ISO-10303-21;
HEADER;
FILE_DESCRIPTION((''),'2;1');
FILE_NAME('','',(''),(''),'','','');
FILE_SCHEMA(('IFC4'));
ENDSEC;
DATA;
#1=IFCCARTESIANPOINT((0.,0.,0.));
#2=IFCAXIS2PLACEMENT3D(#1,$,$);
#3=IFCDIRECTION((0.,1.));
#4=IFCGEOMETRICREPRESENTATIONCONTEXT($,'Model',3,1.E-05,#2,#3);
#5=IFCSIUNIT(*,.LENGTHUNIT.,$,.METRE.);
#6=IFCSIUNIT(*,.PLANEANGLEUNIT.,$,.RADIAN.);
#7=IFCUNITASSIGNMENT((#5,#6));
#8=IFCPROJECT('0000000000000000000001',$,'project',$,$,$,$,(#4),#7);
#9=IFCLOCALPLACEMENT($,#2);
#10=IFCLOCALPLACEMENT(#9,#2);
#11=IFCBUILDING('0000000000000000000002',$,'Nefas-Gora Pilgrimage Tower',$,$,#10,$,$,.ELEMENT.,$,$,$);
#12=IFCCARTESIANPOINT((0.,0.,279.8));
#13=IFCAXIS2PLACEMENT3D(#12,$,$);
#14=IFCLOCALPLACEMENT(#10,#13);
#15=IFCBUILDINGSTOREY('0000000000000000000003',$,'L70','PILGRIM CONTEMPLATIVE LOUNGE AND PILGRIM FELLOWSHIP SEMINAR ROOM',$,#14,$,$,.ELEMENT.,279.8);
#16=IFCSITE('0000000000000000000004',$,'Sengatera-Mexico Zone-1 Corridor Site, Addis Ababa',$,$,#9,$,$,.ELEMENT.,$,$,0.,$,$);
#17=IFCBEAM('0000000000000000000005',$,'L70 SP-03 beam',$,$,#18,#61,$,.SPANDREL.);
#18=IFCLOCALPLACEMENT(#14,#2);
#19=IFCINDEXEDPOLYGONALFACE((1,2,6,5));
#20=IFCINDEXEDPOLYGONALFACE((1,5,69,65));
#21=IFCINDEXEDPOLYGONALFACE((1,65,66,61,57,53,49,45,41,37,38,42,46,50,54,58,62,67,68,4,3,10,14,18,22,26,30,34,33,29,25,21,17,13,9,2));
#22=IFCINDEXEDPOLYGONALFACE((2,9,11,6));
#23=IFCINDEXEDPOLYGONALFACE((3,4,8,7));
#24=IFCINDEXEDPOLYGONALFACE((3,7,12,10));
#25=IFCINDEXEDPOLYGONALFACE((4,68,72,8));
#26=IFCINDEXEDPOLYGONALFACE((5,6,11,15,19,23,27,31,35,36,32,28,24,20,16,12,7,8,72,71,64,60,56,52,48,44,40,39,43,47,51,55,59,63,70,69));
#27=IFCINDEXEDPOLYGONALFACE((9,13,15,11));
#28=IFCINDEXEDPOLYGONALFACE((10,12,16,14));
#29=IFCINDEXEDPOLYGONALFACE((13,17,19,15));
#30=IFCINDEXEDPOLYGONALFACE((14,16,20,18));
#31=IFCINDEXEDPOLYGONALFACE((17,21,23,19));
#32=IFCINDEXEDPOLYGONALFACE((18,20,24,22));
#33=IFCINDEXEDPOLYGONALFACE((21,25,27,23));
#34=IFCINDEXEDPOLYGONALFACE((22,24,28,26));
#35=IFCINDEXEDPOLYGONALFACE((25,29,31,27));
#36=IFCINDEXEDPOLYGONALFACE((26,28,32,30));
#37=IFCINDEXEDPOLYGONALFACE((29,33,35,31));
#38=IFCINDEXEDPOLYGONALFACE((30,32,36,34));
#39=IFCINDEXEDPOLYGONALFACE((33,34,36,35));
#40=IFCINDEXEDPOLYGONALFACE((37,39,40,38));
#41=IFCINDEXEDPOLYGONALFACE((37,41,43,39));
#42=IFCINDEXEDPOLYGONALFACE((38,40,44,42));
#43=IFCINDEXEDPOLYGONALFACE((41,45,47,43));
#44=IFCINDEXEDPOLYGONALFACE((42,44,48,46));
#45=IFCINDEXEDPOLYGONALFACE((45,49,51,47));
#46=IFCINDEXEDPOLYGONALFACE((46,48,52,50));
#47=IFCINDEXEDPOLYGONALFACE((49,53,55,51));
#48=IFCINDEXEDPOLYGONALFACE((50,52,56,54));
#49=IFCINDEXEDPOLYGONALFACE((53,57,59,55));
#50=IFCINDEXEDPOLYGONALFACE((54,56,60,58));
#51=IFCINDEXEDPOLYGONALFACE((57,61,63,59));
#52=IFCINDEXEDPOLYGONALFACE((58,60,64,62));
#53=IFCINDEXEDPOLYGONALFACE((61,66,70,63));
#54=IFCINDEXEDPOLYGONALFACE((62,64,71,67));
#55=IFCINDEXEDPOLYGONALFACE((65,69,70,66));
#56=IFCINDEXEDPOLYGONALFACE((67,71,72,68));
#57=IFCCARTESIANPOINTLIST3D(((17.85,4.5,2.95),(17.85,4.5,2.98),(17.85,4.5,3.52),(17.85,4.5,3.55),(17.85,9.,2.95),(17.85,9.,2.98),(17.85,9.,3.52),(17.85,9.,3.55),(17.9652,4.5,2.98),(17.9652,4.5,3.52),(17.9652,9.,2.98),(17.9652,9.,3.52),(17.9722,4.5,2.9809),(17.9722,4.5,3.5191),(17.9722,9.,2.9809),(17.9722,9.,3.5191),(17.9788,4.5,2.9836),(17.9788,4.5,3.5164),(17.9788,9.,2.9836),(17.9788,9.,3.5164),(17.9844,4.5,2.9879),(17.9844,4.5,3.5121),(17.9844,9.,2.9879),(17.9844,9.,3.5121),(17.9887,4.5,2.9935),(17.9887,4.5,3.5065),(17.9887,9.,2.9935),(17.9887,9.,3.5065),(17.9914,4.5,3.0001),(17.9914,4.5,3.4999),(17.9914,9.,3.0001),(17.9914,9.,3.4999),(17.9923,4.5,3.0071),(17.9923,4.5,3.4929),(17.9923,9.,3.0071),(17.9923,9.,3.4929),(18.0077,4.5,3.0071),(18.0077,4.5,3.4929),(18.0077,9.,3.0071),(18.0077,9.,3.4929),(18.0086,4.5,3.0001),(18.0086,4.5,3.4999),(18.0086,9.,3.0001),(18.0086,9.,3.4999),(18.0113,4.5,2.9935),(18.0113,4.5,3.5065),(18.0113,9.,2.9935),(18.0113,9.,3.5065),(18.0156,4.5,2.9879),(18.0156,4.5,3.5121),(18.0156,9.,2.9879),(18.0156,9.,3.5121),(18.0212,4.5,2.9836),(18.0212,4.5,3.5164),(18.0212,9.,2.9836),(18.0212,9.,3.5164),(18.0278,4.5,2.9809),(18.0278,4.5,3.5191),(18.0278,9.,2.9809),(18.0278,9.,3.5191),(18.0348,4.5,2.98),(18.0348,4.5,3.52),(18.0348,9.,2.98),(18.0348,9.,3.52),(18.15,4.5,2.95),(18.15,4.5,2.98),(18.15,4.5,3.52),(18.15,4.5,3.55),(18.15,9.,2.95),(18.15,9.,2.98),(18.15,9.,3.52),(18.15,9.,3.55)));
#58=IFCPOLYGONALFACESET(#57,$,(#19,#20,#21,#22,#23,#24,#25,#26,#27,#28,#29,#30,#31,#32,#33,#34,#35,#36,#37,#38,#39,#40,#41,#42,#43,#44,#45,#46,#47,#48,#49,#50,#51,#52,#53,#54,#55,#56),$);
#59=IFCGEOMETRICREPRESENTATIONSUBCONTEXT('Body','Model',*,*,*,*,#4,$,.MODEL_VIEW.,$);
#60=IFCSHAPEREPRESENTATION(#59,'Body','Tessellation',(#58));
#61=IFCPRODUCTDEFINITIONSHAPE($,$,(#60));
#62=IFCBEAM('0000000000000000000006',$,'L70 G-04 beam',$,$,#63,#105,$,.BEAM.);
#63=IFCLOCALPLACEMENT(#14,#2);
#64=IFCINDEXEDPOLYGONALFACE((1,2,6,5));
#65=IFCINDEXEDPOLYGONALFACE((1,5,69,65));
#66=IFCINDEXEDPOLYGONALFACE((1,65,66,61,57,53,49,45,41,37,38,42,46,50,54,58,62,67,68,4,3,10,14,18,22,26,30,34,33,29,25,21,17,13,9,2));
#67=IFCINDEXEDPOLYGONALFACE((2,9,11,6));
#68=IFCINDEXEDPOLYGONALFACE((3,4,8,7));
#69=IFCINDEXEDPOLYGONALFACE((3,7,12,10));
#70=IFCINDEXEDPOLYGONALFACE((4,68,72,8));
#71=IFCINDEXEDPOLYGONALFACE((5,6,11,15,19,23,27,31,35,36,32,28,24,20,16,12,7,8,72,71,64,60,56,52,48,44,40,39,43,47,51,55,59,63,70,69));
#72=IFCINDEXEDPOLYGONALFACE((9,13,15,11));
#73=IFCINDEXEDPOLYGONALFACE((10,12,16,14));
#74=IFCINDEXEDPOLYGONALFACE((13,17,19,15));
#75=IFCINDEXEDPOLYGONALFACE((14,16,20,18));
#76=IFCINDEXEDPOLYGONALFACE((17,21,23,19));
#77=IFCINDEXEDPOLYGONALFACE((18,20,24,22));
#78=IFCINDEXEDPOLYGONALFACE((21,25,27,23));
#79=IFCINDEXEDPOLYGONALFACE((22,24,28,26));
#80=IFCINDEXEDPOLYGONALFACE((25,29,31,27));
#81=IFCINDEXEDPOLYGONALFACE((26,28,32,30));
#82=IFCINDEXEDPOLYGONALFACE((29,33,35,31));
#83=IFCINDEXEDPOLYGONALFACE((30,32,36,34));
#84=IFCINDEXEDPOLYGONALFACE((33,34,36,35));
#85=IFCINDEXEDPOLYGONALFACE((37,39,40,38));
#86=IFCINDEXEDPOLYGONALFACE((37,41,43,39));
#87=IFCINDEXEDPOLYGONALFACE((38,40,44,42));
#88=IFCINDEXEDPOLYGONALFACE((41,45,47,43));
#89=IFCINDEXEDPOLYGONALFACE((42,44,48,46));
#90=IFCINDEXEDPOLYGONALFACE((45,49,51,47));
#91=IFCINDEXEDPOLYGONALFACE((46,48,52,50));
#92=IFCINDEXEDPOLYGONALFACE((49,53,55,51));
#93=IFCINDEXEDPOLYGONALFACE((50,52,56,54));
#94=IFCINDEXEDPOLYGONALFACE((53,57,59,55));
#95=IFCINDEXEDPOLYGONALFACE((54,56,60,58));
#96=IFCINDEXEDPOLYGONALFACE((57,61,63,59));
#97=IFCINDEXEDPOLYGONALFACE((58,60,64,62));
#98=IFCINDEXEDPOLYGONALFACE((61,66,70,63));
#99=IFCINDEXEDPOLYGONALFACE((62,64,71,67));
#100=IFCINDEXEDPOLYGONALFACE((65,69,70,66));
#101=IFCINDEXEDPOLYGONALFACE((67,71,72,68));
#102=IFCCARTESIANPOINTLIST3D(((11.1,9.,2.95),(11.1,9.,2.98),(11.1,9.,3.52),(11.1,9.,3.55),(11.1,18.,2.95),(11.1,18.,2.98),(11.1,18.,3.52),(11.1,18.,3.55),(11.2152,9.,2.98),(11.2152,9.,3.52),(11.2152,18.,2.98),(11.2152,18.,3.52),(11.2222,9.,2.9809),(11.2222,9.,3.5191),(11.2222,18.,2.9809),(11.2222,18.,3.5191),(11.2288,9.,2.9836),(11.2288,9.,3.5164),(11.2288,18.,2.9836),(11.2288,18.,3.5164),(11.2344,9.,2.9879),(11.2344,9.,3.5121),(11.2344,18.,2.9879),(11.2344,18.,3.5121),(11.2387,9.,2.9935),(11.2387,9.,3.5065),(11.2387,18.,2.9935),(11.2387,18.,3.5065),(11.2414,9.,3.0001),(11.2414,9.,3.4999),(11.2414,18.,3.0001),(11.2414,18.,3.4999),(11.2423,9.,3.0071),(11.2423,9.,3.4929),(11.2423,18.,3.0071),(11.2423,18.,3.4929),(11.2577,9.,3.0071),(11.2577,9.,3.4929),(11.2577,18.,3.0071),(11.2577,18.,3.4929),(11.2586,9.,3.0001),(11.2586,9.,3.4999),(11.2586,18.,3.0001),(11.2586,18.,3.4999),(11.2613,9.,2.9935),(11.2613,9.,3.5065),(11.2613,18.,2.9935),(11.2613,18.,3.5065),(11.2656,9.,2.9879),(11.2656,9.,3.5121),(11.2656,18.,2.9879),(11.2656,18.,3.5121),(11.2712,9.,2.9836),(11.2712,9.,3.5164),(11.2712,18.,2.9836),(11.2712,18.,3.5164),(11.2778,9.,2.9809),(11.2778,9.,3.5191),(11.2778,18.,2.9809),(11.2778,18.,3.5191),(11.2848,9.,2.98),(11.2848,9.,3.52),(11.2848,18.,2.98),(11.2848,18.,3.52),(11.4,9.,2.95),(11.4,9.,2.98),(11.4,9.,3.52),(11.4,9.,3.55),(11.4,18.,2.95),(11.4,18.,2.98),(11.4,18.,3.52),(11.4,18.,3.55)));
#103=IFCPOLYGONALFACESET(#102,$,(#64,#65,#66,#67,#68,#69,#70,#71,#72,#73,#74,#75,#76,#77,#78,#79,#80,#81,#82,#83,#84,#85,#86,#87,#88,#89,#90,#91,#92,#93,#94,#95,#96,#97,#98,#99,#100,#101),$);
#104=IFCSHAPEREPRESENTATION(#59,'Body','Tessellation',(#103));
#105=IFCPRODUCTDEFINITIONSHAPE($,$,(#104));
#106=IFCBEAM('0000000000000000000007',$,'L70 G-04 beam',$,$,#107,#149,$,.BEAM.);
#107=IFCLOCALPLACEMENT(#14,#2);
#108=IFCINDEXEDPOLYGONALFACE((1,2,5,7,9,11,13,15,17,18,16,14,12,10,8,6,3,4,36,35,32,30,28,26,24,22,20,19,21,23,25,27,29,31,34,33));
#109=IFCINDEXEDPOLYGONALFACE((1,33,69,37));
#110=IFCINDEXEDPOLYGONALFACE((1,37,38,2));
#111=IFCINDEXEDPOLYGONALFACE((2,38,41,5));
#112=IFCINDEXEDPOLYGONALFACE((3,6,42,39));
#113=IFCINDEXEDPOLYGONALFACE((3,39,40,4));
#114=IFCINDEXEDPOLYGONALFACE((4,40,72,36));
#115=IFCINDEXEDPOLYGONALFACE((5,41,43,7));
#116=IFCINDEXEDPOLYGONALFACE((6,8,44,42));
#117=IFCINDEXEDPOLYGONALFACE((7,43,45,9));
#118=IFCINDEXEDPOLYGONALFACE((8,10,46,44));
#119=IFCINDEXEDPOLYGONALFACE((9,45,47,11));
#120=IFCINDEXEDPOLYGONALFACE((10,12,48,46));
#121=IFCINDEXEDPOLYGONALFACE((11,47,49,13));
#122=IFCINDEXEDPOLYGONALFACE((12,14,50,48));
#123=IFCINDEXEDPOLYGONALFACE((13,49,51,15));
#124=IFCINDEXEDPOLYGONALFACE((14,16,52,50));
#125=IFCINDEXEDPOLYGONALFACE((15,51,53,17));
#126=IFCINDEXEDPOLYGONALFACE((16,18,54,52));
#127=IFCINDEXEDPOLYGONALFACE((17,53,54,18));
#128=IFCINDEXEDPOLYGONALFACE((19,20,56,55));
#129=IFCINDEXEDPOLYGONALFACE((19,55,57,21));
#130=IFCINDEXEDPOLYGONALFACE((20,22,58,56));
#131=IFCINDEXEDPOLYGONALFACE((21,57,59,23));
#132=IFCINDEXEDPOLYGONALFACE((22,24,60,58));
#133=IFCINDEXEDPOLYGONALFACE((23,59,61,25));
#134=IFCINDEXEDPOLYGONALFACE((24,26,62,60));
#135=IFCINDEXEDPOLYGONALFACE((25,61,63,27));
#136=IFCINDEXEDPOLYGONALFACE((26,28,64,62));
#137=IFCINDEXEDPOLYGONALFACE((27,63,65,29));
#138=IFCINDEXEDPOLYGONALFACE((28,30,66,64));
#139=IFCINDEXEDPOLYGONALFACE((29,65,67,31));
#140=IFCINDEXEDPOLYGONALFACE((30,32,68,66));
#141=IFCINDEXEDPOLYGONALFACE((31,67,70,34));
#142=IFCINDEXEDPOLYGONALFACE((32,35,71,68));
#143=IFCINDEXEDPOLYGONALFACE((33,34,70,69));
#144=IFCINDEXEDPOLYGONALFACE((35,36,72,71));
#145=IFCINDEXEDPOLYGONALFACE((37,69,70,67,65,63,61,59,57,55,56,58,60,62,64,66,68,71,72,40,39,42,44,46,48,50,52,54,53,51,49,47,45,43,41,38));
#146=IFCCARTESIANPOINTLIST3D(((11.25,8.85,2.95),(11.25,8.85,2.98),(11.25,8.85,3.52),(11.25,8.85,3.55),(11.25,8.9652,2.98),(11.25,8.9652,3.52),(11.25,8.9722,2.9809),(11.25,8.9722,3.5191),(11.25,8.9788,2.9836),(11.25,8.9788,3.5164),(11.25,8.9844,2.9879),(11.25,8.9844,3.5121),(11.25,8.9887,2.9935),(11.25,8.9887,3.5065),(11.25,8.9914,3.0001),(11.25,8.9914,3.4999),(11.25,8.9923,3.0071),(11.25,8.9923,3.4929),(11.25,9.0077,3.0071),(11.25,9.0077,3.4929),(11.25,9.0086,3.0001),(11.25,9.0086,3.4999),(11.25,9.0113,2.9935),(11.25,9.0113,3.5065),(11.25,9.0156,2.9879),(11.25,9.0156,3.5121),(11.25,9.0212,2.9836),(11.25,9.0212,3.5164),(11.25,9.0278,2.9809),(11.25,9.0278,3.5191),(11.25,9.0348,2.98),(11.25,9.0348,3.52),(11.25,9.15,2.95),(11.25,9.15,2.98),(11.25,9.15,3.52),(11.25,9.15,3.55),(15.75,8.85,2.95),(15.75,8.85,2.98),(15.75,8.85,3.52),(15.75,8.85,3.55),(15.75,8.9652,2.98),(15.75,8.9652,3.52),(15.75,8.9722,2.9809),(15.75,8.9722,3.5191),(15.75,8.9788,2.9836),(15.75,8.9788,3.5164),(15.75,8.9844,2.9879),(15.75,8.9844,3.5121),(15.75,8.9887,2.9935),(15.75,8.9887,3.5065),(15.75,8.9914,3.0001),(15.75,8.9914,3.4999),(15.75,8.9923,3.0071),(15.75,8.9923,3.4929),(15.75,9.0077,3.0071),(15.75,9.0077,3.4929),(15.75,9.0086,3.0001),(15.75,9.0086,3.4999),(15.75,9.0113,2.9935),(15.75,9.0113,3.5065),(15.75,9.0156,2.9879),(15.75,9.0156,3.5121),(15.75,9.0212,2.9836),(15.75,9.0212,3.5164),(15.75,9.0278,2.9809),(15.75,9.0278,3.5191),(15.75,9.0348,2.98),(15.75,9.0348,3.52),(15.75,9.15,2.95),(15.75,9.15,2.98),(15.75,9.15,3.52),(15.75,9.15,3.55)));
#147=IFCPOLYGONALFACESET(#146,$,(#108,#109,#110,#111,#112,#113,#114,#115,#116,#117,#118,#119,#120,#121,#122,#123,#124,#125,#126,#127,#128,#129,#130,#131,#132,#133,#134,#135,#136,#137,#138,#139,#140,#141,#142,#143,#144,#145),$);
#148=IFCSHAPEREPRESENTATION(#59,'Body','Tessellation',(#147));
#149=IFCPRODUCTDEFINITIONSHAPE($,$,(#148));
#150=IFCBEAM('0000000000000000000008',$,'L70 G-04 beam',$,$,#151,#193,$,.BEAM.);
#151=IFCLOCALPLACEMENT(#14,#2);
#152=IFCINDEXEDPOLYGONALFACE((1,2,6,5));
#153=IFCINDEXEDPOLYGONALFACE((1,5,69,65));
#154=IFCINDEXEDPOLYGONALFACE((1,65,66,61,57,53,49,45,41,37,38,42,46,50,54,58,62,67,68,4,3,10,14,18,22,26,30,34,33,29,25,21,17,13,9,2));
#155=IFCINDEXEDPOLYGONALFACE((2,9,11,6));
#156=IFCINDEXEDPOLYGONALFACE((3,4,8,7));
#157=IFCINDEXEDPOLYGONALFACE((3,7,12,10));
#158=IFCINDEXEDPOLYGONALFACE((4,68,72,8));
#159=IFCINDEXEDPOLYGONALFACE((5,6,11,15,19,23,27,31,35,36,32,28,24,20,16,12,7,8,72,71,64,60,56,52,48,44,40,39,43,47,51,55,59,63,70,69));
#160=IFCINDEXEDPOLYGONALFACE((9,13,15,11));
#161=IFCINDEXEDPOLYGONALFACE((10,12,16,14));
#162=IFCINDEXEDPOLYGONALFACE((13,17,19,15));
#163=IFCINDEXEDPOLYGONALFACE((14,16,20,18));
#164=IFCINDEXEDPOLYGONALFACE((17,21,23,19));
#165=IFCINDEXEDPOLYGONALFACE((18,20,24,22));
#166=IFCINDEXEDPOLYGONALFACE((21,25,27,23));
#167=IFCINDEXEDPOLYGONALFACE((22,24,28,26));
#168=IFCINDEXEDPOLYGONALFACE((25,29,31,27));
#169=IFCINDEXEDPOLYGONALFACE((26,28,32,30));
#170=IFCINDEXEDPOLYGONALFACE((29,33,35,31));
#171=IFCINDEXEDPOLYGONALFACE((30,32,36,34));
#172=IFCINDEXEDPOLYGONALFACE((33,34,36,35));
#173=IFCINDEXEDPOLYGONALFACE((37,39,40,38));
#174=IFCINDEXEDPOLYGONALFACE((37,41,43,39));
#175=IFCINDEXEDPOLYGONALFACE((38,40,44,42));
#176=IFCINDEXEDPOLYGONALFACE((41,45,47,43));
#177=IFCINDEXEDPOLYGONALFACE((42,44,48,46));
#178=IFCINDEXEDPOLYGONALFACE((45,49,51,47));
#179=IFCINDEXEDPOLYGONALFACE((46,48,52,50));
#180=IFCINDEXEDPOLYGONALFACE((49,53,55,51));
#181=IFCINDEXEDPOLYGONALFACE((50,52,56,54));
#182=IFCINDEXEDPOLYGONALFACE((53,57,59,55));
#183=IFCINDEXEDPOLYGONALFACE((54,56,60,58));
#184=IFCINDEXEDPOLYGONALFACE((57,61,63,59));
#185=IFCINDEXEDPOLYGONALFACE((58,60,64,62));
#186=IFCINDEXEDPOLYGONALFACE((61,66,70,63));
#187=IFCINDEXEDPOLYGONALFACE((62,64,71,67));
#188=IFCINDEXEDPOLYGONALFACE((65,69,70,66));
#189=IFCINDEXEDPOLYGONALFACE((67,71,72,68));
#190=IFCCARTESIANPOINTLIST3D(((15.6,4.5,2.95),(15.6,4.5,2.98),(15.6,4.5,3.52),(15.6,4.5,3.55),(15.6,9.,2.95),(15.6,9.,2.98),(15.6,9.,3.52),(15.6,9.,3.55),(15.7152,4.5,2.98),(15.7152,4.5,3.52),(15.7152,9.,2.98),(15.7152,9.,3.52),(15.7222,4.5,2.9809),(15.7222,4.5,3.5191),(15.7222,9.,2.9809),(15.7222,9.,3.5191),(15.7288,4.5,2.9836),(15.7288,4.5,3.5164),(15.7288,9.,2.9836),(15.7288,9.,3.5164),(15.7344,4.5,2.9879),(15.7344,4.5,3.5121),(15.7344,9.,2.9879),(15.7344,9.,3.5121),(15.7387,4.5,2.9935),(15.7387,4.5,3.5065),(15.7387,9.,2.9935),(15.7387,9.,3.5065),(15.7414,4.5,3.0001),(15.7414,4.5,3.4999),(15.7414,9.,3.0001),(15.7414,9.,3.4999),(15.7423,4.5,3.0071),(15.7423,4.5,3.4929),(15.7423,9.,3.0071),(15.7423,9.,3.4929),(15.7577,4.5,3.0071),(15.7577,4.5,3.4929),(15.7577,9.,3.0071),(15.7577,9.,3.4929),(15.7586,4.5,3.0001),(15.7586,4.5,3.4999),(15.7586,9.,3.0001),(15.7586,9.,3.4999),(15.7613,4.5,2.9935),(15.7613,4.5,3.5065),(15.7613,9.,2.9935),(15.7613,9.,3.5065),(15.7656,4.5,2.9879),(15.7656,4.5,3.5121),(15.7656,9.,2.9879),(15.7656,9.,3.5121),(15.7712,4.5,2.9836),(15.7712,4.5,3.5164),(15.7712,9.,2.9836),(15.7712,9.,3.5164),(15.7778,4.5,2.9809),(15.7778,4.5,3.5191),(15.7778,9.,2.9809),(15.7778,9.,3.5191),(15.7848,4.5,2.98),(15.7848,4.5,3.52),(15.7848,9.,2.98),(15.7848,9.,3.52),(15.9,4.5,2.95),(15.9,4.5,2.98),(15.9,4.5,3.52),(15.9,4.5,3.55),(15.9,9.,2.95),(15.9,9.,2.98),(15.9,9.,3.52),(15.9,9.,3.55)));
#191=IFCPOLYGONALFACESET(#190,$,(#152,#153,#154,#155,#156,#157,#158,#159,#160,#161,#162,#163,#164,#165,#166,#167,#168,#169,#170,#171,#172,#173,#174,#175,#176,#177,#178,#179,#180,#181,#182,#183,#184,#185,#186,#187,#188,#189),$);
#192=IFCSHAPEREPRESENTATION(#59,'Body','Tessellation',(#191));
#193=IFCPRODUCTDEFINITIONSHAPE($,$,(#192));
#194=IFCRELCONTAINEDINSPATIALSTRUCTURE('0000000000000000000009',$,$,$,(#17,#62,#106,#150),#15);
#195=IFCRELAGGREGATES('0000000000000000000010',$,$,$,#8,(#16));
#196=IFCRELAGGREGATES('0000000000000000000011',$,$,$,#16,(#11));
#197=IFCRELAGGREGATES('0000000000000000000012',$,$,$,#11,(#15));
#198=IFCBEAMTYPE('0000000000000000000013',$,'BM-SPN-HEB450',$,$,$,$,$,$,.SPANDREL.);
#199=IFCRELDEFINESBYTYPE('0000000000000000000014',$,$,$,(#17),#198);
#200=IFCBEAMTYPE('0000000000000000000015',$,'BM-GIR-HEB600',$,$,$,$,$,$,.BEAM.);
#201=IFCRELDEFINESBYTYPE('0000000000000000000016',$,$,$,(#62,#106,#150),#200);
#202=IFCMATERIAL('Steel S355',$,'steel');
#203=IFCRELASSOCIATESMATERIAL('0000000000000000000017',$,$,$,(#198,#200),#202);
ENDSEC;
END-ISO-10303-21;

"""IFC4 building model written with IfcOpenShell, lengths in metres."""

from ifc_helpers import new_model, si_unit, direction, frame, origin, origin_2d, place, context, subcontext, project, spatial, i_section, extrude, source, transform, mapped, material, material_profile, profile_set, type_object, element, save


model = new_model("IFC4")

# Units and contexts
model_context = context("Model", 3, precision=1e-05, world=origin(), true_north=direction((0.0, 1.0)))
body_context = subcontext(model_context, "Body", "Model", "MODEL_VIEW")
ifc_project = project(units=[si_unit("LENGTHUNIT", "METRE"), si_unit("PLANEANGLEUNIT", "RADIAN")], contexts=[model_context])

# Site, building, storey
site_placement = place(None, origin())
site = spatial("IfcSite", under=ifc_project, at=site_placement, Name="Sengatera-Mexico Zone-1 Corridor Site, Addis Ababa", CompositionType="ELEMENT", RefElevation=0.0)
building_placement = place(site_placement, origin())
building = spatial("IfcBuilding", under=site, at=building_placement, Name="Nefas-Gora Pilgrimage Tower", CompositionType="ELEMENT")
storey_placement = place(building_placement, frame((0.0, 0.0, 279.8)))
storey = spatial("IfcBuildingStorey", under=building, at=storey_placement, Name="L70", Description="PILGRIM CONTEMPLATIVE LOUNGE AND PILGRIM FELLOWSHIP SEMINAR ROOM", CompositionType="ELEMENT", Elevation=279.8)

# Shared definitions
ifc_material_1 = material(Name="Steel S355", Category="steel")

# Beams
ifc_material_profile_1 = material_profile(ifc_material_1, i_section(OverallWidth=0.3, OverallDepth=0.6001, WebThickness=0.0154, FlangeThickness=0.03, FilletRadius=0.0271, at=origin_2d()), Name="HEB 600")
ifc_profile_set_1 = profile_set([ifc_material_profile_1], Name="Steel S355")
beam_type_1 = type_object("IfcBeamType", Name="BM-SPN-HEB450", PredefinedType="SPANDREL", material=ifc_profile_set_1)
shared_shape_1 = source(origin(), body_context, "Body", "SweptSolid", [
    extrude(i_section(OverallWidth=0.3, OverallDepth=0.6001, WebThickness=0.0154, FlangeThickness=0.03, FilletRadius=0.0271, at=origin_2d()), origin(), (0.0, 0.0, 1.0), 4.5),
])
beam_1_placement = place(storey_placement, frame((18.0, 4.5, 3.25), z_axis=(0.0, 1.0, 0.0), x_axis=(-1.0, 0.0, 0.0)))
element("IfcBeam", 1, at=beam_1_placement, inside=storey, type_object=beam_type_1, Name="L70 SP-03 beam", PredefinedType="SPANDREL", context=body_context, shape_type="MappedRepresentation", body=[
    mapped(shared_shape_1, transform((0.0, 0.0, 0.0), x_axis=(1.0, 0.0, 0.0), y_axis=(0.0, 1.0, 0.0), z_axis=(0.0, 0.0, 1.0), scale=1.0)),
])
ifc_material_profile_2 = material_profile(ifc_material_1, i_section(OverallWidth=0.3, OverallDepth=0.6001, WebThickness=0.0154, FlangeThickness=0.03, FilletRadius=0.0271, at=origin_2d()), Name="HEB 600")
ifc_profile_set_2 = profile_set([ifc_material_profile_2], Name="Steel S355")
beam_type_2 = type_object("IfcBeamType", Name="BM-GIR-HEB600", PredefinedType="BEAM", material=ifc_profile_set_2)
shared_shape_2 = source(origin(), body_context, "Body", "SweptSolid", [
    extrude(i_section(OverallWidth=0.3, OverallDepth=0.6001, WebThickness=0.0154, FlangeThickness=0.03, FilletRadius=0.0271, at=origin_2d()), origin(), (0.0, 0.0, 1.0), 9.0),
])
beam_2_placement = place(storey_placement, frame((11.25, 9.0, 3.25), z_axis=(0.0, 1.0, 0.0), x_axis=(-1.0, 0.0, 0.0)))
element("IfcBeam", 2, at=beam_2_placement, inside=storey, type_object=beam_type_2, Name="L70 G-04 beam", PredefinedType="BEAM", context=body_context, shape_type="MappedRepresentation", body=[
    mapped(shared_shape_2, transform((0.0, 0.0, 0.0), x_axis=(1.0, 0.0, 0.0), y_axis=(0.0, 1.0, 0.0), z_axis=(0.0, 0.0, 1.0), scale=1.0)),
])
shared_shape_3 = source(origin(), body_context, "Body", "SweptSolid", [
    extrude(i_section(OverallWidth=0.3, OverallDepth=0.6001, WebThickness=0.0154, FlangeThickness=0.03, FilletRadius=0.0271, at=origin_2d()), origin(), (0.0, 0.0, 1.0), 4.5),
])
for number, where, z_axis, x_axis, name in (
    (3, (11.25, 9.0, 3.25), (1.0, 0.0, 0.0), (0.0, 1.0, 0.0), "L70 G-04 beam"),
    (4, (15.75, 4.5, 3.25), (0.0, 1.0, 0.0), (-1.0, 0.0, 0.0), "L70 G-04 beam"),
):
    element("IfcBeam", number, at=place(storey_placement, frame(where, z_axis=z_axis, x_axis=x_axis)), inside=storey, type_object=beam_type_2, Name=name, PredefinedType="BEAM", context=body_context, shape_type="MappedRepresentation", body=[
        mapped(shared_shape_3, transform((0.0, 0.0, 0.0), x_axis=(1.0, 0.0, 0.0), y_axis=(0.0, 1.0, 0.0), z_axis=(0.0, 0.0, 1.0), scale=1.0)),
    ])

save(model, "model.ifc")
